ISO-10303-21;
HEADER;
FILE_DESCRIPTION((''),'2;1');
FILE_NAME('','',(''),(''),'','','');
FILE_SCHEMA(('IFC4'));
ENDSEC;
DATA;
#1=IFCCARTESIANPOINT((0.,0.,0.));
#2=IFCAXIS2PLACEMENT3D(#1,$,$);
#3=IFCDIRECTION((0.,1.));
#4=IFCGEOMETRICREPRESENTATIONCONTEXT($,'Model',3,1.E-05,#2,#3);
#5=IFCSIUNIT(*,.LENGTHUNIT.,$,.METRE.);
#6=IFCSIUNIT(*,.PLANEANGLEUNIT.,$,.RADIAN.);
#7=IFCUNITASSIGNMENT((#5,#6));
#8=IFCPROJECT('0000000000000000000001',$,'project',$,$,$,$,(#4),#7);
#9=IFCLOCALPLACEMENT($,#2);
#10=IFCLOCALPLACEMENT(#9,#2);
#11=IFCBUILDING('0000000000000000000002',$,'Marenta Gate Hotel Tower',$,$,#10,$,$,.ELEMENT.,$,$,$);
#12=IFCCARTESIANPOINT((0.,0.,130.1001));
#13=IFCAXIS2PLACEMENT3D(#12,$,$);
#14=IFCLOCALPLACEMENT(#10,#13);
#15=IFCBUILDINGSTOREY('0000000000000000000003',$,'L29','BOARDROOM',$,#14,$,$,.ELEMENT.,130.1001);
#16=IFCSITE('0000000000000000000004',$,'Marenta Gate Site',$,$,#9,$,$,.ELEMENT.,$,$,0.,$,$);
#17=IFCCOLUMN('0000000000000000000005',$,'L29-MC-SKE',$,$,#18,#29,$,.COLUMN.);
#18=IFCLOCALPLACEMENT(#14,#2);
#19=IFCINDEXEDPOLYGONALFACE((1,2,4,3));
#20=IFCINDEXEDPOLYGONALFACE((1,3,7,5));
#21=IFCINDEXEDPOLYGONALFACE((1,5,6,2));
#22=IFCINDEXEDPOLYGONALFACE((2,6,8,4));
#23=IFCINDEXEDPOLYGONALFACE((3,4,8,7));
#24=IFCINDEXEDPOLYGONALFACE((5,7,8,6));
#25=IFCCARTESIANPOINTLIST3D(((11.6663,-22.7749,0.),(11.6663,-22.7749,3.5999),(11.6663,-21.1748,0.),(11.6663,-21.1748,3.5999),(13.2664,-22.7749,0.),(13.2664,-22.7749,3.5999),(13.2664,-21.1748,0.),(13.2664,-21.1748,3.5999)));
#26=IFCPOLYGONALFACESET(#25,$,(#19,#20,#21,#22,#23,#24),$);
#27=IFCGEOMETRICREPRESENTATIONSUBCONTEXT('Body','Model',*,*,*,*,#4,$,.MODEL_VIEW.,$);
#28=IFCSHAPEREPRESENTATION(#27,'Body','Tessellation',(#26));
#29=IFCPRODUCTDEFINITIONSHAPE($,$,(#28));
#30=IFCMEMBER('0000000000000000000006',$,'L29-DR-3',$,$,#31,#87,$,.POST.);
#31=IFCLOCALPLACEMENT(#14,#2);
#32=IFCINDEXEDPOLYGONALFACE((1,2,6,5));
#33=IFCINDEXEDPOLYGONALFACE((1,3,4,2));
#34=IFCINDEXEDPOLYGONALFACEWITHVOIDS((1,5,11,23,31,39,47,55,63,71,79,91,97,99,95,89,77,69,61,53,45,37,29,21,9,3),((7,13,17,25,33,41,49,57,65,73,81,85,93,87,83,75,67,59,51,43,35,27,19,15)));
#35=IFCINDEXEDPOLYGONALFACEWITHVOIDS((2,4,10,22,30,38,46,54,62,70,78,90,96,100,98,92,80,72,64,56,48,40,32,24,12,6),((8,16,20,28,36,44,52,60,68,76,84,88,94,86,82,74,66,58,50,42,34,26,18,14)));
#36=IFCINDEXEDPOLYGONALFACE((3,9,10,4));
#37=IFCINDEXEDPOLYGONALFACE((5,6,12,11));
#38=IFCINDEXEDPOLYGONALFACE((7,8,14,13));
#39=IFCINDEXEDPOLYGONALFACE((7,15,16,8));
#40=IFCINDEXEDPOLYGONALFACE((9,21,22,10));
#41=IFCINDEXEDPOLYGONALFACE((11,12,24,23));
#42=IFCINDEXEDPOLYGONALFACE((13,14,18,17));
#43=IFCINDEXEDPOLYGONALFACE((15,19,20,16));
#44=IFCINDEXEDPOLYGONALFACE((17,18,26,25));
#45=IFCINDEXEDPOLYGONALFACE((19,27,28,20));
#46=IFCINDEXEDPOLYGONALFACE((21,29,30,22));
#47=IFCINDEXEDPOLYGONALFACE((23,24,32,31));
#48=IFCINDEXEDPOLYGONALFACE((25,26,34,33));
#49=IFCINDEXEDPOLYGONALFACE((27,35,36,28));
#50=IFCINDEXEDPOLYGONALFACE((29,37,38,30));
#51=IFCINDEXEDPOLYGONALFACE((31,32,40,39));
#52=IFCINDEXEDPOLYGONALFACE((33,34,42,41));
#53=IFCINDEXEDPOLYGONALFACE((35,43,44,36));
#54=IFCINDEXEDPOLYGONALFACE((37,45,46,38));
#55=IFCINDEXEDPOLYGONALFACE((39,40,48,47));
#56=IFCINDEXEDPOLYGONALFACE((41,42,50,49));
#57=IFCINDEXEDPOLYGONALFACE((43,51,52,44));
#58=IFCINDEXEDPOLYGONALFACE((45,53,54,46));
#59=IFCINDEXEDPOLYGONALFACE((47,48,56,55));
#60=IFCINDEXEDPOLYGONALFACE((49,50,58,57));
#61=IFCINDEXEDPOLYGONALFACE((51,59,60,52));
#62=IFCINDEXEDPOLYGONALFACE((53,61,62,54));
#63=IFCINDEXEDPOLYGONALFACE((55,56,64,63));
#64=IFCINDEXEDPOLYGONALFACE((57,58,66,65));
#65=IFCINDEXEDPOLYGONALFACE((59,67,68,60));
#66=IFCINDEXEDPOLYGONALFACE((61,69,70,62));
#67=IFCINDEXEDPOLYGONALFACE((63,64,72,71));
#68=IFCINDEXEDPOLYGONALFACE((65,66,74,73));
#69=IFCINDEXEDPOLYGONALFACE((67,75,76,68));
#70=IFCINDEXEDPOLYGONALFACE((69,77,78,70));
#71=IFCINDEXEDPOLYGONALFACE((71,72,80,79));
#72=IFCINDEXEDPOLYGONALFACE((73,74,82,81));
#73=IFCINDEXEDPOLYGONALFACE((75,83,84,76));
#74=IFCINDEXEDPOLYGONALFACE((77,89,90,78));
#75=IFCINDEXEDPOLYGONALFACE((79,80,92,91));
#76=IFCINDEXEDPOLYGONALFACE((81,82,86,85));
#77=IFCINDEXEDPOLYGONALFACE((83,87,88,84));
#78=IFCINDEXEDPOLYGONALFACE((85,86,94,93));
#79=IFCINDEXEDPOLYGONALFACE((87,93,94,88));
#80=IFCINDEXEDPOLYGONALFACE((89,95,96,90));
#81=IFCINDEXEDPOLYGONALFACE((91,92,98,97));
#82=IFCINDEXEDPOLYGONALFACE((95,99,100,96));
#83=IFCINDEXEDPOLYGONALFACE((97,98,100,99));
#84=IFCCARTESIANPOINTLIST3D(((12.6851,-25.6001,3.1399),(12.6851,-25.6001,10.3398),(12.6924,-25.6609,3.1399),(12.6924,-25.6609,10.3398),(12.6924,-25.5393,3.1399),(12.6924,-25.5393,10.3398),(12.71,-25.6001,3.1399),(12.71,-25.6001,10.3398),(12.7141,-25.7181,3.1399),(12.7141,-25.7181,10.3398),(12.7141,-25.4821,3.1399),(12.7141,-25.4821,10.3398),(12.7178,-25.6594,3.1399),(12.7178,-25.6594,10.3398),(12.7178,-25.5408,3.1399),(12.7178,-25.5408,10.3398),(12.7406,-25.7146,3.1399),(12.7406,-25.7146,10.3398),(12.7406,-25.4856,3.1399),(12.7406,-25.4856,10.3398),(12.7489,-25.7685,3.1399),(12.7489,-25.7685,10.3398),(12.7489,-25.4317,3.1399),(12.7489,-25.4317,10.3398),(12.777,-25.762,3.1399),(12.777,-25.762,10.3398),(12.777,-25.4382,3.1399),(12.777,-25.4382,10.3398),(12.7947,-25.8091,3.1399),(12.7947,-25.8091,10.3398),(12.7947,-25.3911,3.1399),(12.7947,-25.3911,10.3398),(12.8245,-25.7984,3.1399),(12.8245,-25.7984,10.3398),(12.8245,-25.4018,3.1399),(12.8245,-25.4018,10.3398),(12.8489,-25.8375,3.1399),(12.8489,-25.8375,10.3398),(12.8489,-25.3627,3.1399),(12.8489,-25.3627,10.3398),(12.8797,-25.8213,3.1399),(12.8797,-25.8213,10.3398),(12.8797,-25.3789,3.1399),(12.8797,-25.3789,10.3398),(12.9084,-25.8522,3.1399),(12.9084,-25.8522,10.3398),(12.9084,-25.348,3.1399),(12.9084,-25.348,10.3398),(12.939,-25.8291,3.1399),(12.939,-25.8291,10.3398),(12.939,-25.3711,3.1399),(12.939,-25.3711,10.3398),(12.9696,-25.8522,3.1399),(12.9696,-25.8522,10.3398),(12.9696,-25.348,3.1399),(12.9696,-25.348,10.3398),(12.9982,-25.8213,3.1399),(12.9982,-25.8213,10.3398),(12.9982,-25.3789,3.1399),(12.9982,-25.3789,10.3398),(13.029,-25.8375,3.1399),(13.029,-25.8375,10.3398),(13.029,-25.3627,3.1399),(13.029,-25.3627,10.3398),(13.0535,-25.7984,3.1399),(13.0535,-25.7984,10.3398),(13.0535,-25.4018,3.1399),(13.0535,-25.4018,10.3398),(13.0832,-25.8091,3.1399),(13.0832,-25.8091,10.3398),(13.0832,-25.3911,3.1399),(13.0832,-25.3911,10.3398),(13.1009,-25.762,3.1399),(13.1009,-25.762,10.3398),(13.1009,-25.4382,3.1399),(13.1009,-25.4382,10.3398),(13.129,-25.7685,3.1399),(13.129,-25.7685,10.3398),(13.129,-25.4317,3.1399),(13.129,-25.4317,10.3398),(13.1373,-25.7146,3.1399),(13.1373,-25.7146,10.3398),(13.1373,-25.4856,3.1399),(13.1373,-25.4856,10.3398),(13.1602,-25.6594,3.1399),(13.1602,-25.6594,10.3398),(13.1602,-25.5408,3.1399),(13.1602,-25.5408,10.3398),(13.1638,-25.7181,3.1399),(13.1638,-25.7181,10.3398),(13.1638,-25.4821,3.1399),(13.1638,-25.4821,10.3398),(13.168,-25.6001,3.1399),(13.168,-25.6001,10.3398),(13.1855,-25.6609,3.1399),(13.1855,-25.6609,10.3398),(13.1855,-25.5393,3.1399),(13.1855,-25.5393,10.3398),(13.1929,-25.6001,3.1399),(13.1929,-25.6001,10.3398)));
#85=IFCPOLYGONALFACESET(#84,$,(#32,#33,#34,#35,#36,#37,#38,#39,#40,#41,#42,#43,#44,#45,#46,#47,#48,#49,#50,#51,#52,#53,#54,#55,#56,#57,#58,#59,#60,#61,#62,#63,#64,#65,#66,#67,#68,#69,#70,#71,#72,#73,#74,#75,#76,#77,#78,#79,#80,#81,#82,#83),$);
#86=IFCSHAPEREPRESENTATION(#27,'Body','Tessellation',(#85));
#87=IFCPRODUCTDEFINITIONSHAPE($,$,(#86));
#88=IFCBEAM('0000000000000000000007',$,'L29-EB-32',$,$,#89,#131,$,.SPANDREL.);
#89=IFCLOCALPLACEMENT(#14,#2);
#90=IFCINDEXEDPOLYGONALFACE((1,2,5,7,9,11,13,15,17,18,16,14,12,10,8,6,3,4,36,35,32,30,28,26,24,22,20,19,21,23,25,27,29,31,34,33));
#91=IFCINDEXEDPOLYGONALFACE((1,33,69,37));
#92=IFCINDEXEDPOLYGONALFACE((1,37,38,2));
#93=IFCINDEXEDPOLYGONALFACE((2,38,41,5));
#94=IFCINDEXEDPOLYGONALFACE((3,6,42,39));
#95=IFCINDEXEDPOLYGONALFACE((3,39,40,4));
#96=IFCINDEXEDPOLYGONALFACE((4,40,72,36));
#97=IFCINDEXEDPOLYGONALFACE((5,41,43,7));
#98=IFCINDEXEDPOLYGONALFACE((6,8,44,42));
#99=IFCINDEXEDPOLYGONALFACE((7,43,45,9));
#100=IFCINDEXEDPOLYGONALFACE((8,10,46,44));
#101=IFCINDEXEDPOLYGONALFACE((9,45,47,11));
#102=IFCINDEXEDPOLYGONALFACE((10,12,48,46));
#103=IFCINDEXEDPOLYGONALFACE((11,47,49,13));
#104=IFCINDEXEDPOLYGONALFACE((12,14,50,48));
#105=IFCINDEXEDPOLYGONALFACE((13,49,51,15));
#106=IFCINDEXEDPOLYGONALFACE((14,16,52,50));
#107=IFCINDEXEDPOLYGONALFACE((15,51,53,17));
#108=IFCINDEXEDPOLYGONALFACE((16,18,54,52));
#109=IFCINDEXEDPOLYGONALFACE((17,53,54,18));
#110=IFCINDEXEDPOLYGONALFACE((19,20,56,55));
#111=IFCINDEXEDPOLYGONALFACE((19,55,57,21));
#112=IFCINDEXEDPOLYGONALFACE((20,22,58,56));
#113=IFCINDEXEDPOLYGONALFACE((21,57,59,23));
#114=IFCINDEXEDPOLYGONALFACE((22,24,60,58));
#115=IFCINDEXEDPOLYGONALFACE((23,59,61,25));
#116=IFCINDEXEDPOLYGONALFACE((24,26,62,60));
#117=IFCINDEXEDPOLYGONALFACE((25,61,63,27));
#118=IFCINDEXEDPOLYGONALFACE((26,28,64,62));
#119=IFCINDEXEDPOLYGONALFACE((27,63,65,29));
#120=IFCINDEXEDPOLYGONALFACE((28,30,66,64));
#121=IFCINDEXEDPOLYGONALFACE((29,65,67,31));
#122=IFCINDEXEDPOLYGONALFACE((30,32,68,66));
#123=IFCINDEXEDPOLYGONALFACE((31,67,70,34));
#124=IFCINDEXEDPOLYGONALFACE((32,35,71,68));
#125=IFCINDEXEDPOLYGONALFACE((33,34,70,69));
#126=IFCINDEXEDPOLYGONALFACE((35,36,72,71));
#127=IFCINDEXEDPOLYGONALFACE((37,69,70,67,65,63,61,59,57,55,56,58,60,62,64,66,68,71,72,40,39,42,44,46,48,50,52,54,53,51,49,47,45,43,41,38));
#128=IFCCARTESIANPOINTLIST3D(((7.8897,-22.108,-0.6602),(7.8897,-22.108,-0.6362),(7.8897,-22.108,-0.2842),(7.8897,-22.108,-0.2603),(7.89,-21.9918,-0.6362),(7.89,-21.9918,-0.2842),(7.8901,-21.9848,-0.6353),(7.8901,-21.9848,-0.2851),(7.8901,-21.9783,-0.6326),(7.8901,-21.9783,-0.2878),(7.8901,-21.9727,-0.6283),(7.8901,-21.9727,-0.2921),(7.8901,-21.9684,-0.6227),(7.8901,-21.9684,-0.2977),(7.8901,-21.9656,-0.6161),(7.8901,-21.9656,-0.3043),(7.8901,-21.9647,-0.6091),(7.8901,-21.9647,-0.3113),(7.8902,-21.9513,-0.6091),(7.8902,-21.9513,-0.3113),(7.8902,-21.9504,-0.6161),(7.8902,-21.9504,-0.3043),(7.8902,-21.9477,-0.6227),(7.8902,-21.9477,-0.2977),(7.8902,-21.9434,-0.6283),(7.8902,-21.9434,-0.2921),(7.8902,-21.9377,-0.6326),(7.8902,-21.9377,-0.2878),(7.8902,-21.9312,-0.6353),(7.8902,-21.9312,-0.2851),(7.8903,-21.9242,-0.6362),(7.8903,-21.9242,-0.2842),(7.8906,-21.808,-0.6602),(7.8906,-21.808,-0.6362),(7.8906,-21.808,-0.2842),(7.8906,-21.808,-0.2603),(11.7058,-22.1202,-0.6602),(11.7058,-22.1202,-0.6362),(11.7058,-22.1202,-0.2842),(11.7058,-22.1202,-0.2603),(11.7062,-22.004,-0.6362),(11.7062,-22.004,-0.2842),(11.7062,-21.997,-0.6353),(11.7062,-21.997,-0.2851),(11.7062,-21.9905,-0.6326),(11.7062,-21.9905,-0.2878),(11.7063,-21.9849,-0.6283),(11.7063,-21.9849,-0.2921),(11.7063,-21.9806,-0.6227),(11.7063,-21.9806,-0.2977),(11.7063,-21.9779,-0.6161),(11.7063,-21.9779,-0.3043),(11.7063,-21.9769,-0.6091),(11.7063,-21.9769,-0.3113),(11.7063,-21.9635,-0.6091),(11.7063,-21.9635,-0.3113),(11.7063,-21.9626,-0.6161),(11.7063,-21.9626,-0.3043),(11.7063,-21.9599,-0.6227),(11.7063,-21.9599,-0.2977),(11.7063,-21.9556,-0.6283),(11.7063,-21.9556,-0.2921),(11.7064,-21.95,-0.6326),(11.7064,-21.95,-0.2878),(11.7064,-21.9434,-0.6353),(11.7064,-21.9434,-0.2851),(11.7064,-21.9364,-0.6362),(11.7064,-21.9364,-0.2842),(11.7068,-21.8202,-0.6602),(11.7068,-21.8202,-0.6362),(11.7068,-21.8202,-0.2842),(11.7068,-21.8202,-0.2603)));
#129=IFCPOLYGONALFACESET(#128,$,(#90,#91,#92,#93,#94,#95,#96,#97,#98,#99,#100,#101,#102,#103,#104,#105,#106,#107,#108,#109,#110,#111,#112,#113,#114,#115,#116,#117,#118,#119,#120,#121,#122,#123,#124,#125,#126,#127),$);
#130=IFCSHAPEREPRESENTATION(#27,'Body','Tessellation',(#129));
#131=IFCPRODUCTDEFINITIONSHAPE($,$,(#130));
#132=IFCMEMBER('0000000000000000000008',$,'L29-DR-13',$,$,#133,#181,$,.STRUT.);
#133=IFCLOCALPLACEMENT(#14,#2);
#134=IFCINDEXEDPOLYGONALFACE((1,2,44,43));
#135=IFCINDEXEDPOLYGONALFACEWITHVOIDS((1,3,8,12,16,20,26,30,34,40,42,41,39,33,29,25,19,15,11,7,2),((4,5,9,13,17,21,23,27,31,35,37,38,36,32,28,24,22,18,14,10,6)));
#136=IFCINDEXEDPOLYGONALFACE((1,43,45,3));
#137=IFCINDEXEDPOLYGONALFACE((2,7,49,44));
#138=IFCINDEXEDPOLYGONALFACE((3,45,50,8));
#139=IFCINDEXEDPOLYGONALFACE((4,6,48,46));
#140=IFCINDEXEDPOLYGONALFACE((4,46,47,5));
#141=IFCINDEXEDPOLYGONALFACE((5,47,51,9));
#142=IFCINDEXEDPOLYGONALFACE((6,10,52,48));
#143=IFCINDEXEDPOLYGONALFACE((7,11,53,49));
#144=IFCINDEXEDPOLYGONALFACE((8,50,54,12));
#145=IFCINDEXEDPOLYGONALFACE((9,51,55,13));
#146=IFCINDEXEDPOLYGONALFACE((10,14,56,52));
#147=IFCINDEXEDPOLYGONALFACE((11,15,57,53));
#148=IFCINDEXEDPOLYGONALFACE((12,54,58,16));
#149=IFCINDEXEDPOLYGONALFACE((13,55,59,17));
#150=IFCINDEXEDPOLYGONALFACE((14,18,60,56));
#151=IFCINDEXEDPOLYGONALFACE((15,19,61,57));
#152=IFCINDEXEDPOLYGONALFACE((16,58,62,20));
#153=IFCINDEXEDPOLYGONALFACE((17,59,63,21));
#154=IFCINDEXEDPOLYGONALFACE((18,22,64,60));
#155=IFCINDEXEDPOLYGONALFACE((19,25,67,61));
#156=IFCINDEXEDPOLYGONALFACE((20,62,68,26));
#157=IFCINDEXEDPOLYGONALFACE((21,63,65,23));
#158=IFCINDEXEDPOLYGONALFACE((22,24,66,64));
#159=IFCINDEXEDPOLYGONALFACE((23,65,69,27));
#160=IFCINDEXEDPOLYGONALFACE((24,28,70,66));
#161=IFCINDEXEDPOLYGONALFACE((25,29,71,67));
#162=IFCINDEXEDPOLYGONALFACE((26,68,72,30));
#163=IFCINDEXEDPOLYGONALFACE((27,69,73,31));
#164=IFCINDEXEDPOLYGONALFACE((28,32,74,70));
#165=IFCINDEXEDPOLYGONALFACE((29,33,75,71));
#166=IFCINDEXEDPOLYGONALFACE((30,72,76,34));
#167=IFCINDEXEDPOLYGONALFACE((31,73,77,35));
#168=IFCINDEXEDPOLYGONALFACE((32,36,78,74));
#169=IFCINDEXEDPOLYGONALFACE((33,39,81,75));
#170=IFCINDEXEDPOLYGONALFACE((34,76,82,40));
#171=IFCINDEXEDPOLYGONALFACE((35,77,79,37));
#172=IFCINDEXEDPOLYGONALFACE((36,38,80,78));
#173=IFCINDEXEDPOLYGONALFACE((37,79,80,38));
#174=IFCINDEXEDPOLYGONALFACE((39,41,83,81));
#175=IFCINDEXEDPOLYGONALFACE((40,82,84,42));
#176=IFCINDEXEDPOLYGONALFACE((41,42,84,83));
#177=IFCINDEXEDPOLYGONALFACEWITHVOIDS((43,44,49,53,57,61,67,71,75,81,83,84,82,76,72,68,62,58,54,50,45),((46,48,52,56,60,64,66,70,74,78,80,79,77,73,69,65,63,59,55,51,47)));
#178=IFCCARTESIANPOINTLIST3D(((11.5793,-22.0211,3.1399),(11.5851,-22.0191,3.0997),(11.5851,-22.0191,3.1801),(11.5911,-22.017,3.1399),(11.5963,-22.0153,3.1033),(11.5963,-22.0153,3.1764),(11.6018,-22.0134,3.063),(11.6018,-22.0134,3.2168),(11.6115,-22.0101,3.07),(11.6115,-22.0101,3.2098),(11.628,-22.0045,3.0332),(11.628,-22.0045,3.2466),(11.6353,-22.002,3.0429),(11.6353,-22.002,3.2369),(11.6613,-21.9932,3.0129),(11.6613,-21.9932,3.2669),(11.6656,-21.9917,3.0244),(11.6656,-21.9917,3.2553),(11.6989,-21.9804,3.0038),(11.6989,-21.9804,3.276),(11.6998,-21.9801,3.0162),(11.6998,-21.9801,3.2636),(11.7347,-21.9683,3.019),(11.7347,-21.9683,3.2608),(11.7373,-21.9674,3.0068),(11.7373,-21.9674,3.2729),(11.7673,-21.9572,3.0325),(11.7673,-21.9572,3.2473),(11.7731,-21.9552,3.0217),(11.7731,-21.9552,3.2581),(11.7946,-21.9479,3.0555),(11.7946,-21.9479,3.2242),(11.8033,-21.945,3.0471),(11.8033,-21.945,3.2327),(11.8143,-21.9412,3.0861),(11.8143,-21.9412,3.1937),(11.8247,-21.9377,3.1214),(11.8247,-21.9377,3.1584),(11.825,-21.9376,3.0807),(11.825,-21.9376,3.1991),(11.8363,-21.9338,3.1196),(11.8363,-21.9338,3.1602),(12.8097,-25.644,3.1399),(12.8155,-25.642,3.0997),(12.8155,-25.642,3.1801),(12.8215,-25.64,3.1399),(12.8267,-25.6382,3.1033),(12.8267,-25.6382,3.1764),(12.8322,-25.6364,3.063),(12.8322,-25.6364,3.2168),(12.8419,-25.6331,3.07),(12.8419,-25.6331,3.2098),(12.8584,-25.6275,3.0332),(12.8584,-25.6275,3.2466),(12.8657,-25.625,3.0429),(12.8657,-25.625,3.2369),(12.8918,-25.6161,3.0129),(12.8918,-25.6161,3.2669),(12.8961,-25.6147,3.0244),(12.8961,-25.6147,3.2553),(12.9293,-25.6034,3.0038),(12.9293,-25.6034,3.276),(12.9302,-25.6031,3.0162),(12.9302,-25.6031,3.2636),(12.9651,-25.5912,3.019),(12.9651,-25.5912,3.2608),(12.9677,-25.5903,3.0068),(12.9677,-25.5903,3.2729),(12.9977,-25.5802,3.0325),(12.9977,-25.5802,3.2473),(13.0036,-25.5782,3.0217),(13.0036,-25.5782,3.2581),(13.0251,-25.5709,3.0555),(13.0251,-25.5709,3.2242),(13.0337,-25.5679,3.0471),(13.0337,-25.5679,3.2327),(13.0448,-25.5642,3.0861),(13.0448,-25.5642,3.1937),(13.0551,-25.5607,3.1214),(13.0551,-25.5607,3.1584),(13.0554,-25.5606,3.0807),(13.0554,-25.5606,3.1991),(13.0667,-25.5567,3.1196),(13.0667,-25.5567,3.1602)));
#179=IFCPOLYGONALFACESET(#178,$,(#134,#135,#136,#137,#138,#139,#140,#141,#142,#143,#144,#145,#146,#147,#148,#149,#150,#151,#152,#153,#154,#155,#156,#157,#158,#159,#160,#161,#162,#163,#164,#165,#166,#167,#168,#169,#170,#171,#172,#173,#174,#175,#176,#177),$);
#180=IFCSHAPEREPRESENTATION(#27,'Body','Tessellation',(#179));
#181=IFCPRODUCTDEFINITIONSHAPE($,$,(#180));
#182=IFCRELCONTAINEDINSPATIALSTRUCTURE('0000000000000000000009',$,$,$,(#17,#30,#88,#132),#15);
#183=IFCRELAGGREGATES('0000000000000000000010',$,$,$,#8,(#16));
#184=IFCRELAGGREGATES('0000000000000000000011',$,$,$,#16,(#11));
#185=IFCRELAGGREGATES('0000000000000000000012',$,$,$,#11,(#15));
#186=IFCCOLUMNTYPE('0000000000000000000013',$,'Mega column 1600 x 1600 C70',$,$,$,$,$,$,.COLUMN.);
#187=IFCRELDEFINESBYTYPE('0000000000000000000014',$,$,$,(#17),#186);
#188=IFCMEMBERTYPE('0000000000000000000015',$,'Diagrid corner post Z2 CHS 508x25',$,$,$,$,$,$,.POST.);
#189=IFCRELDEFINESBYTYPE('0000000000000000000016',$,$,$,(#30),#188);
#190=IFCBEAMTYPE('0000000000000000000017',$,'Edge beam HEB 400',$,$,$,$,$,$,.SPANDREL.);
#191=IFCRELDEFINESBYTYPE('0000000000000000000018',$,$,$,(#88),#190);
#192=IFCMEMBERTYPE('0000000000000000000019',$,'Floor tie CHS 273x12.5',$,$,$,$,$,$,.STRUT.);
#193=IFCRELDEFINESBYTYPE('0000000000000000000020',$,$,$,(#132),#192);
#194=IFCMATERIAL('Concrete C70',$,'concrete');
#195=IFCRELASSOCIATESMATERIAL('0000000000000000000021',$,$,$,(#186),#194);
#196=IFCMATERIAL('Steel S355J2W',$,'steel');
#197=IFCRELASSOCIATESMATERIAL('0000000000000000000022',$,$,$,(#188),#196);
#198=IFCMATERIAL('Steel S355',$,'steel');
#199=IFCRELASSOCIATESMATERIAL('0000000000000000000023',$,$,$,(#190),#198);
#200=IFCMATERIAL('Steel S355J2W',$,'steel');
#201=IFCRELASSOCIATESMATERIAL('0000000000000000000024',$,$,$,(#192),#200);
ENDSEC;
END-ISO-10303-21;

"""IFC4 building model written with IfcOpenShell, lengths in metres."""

from ifc_helpers import new_model, si_unit, direction, frame, origin, origin_2d, place, context, subcontext, project, spatial, rectangle, hollow_circle, i_section, extrude, material, material_profile, profile_set, type_object, element, save


model = new_model("IFC4")

# Units and contexts
model_context = context("Model", 3, precision=1e-05, world=origin(), true_north=direction((0.0, 1.0)))
body_context = subcontext(model_context, "Body", "Model", "MODEL_VIEW")
ifc_project = project(units=[si_unit("LENGTHUNIT", "METRE"), si_unit("PLANEANGLEUNIT", "RADIAN")], contexts=[model_context])

# Site, building, storey
site_placement = place(None, origin())
site = spatial("IfcSite", under=ifc_project, at=site_placement, Name="Marenta Gate Site", CompositionType="ELEMENT", RefElevation=0.0)
building_placement = place(site_placement, origin())
building = spatial("IfcBuilding", under=site, at=building_placement, Name="Marenta Gate Hotel Tower", CompositionType="ELEMENT")
storey_placement = place(building_placement, frame((0.0, 0.0, 130.1001)))
storey = spatial("IfcBuildingStorey", under=building, at=storey_placement, Name="L29", Description="BOARDROOM", CompositionType="ELEMENT", Elevation=130.1001)

# Column
ifc_material_1 = material(Name="Concrete C70", Category="concrete")
ifc_material_profile_1 = material_profile(ifc_material_1, rectangle(XDim=1.6001, YDim=1.6001, at=origin_2d()), Name="1600 x 1600")
ifc_profile_set_1 = profile_set([ifc_material_profile_1], Name="Concrete C70")
column_type = type_object("IfcColumnType", Name="Mega column 1600 x 1600 C70", PredefinedType="COLUMN", material=ifc_profile_set_1)
column_placement = place(storey_placement, frame((12.4663, -21.9749, 0.0), z_axis=(0.0, 0.0, 1.0), x_axis=(1.0, 0.0, 0.0)))
element("IfcColumn", 1, at=column_placement, inside=storey, type_object=column_type, Name="L29-MC-SKE", PredefinedType="COLUMN", context=body_context, shape_type="SweptSolid", body=[
    extrude(rectangle(XDim=1.6001, YDim=1.6001, at=origin_2d()), origin(), (0.0, 0.0, 1.0), 3.5999),
])

# Member
ifc_material_2 = material(Name="Steel S355J2W", Category="steel")
ifc_material_profile_2 = material_profile(ifc_material_2, hollow_circle(Radius=0.2539, WallThickness=0.0249, at=origin_2d()), Name="CHS 508x25")
ifc_profile_set_2 = profile_set([ifc_material_profile_2], Name="Steel S355J2W")
member_type_1 = type_object("IfcMemberType", Name="Diagrid corner post Z2 CHS 508x25", PredefinedType="POST", material=ifc_profile_set_2)
member_1_placement = place(storey_placement, frame((12.939, -25.6001, 3.1399), z_axis=(0.0, 0.0, 1.0), x_axis=(1.0, 0.0, 0.0)))
element("IfcMember", 2, at=member_1_placement, inside=storey, type_object=member_type_1, Name="L29-DR-3", PredefinedType="POST", context=body_context, shape_type="SweptSolid", body=[
    extrude(hollow_circle(Radius=0.2539, WallThickness=0.0249, at=origin_2d()), origin(), (0.0, 0.0, 1.0), 7.2),
])

# Beam
ifc_material_3 = material(Name="Steel S355", Category="steel")
ifc_material_profile_3 = material_profile(ifc_material_3, i_section(OverallWidth=0.3, OverallDepth=0.3999, WebThickness=0.0134, FlangeThickness=0.0239, FilletRadius=0.0271, at=origin_2d()), Name="HEB 400")
ifc_profile_set_3 = profile_set([ifc_material_profile_3], Name="Steel S355")
beam_type = type_object("IfcBeamType", Name="Edge beam HEB 400", PredefinedType="SPANDREL", material=ifc_profile_set_3)
beam_placement = place(storey_placement, frame((11.7063, -21.9702, -0.4602), z_axis=(-0.999995, 0.003199, 0.0), x_axis=(-0.003199, -0.999995, 0.0)))
element("IfcBeam", 3, at=beam_placement, inside=storey, type_object=beam_type, Name="L29-EB-32", PredefinedType="SPANDREL", context=body_context, shape_type="SweptSolid", body=[
    extrude(i_section(OverallWidth=0.3, OverallDepth=0.3999, WebThickness=0.0134, FlangeThickness=0.0239, FilletRadius=0.0271, at=origin_2d()), origin(), (0.0, 0.0, 1.0), 3.8162),
])

# Member
ifc_material_4 = material(Name="Steel S355J2W", Category="steel")
ifc_material_profile_4 = material_profile(ifc_material_4, hollow_circle(Radius=0.1365, WallThickness=0.0125, at=origin_2d()), Name="CHS 273x12.5")
ifc_profile_set_4 = profile_set([ifc_material_profile_4], Name="Steel S355J2W")
member_type_2 = type_object("IfcMemberType", Name="Floor tie CHS 273x12.5", PredefinedType="STRUT", material=ifc_profile_set_4)
member_2_placement = place(storey_placement, frame((12.939, -25.6001, 3.1399), z_axis=(-0.321582, 0.946882, 0.0), x_axis=(-0.946882, -0.321582, 0.0)))
element("IfcMember", 4, at=member_2_placement, inside=storey, type_object=member_type_2, Name="L29-DR-13", PredefinedType="STRUT", context=body_context, shape_type="SweptSolid", body=[
    extrude(hollow_circle(Radius=0.1365, WallThickness=0.0125, at=origin_2d()), origin(), (0.0, 0.0, 1.0), 3.8262),
])

save(model, "model.ifc")
